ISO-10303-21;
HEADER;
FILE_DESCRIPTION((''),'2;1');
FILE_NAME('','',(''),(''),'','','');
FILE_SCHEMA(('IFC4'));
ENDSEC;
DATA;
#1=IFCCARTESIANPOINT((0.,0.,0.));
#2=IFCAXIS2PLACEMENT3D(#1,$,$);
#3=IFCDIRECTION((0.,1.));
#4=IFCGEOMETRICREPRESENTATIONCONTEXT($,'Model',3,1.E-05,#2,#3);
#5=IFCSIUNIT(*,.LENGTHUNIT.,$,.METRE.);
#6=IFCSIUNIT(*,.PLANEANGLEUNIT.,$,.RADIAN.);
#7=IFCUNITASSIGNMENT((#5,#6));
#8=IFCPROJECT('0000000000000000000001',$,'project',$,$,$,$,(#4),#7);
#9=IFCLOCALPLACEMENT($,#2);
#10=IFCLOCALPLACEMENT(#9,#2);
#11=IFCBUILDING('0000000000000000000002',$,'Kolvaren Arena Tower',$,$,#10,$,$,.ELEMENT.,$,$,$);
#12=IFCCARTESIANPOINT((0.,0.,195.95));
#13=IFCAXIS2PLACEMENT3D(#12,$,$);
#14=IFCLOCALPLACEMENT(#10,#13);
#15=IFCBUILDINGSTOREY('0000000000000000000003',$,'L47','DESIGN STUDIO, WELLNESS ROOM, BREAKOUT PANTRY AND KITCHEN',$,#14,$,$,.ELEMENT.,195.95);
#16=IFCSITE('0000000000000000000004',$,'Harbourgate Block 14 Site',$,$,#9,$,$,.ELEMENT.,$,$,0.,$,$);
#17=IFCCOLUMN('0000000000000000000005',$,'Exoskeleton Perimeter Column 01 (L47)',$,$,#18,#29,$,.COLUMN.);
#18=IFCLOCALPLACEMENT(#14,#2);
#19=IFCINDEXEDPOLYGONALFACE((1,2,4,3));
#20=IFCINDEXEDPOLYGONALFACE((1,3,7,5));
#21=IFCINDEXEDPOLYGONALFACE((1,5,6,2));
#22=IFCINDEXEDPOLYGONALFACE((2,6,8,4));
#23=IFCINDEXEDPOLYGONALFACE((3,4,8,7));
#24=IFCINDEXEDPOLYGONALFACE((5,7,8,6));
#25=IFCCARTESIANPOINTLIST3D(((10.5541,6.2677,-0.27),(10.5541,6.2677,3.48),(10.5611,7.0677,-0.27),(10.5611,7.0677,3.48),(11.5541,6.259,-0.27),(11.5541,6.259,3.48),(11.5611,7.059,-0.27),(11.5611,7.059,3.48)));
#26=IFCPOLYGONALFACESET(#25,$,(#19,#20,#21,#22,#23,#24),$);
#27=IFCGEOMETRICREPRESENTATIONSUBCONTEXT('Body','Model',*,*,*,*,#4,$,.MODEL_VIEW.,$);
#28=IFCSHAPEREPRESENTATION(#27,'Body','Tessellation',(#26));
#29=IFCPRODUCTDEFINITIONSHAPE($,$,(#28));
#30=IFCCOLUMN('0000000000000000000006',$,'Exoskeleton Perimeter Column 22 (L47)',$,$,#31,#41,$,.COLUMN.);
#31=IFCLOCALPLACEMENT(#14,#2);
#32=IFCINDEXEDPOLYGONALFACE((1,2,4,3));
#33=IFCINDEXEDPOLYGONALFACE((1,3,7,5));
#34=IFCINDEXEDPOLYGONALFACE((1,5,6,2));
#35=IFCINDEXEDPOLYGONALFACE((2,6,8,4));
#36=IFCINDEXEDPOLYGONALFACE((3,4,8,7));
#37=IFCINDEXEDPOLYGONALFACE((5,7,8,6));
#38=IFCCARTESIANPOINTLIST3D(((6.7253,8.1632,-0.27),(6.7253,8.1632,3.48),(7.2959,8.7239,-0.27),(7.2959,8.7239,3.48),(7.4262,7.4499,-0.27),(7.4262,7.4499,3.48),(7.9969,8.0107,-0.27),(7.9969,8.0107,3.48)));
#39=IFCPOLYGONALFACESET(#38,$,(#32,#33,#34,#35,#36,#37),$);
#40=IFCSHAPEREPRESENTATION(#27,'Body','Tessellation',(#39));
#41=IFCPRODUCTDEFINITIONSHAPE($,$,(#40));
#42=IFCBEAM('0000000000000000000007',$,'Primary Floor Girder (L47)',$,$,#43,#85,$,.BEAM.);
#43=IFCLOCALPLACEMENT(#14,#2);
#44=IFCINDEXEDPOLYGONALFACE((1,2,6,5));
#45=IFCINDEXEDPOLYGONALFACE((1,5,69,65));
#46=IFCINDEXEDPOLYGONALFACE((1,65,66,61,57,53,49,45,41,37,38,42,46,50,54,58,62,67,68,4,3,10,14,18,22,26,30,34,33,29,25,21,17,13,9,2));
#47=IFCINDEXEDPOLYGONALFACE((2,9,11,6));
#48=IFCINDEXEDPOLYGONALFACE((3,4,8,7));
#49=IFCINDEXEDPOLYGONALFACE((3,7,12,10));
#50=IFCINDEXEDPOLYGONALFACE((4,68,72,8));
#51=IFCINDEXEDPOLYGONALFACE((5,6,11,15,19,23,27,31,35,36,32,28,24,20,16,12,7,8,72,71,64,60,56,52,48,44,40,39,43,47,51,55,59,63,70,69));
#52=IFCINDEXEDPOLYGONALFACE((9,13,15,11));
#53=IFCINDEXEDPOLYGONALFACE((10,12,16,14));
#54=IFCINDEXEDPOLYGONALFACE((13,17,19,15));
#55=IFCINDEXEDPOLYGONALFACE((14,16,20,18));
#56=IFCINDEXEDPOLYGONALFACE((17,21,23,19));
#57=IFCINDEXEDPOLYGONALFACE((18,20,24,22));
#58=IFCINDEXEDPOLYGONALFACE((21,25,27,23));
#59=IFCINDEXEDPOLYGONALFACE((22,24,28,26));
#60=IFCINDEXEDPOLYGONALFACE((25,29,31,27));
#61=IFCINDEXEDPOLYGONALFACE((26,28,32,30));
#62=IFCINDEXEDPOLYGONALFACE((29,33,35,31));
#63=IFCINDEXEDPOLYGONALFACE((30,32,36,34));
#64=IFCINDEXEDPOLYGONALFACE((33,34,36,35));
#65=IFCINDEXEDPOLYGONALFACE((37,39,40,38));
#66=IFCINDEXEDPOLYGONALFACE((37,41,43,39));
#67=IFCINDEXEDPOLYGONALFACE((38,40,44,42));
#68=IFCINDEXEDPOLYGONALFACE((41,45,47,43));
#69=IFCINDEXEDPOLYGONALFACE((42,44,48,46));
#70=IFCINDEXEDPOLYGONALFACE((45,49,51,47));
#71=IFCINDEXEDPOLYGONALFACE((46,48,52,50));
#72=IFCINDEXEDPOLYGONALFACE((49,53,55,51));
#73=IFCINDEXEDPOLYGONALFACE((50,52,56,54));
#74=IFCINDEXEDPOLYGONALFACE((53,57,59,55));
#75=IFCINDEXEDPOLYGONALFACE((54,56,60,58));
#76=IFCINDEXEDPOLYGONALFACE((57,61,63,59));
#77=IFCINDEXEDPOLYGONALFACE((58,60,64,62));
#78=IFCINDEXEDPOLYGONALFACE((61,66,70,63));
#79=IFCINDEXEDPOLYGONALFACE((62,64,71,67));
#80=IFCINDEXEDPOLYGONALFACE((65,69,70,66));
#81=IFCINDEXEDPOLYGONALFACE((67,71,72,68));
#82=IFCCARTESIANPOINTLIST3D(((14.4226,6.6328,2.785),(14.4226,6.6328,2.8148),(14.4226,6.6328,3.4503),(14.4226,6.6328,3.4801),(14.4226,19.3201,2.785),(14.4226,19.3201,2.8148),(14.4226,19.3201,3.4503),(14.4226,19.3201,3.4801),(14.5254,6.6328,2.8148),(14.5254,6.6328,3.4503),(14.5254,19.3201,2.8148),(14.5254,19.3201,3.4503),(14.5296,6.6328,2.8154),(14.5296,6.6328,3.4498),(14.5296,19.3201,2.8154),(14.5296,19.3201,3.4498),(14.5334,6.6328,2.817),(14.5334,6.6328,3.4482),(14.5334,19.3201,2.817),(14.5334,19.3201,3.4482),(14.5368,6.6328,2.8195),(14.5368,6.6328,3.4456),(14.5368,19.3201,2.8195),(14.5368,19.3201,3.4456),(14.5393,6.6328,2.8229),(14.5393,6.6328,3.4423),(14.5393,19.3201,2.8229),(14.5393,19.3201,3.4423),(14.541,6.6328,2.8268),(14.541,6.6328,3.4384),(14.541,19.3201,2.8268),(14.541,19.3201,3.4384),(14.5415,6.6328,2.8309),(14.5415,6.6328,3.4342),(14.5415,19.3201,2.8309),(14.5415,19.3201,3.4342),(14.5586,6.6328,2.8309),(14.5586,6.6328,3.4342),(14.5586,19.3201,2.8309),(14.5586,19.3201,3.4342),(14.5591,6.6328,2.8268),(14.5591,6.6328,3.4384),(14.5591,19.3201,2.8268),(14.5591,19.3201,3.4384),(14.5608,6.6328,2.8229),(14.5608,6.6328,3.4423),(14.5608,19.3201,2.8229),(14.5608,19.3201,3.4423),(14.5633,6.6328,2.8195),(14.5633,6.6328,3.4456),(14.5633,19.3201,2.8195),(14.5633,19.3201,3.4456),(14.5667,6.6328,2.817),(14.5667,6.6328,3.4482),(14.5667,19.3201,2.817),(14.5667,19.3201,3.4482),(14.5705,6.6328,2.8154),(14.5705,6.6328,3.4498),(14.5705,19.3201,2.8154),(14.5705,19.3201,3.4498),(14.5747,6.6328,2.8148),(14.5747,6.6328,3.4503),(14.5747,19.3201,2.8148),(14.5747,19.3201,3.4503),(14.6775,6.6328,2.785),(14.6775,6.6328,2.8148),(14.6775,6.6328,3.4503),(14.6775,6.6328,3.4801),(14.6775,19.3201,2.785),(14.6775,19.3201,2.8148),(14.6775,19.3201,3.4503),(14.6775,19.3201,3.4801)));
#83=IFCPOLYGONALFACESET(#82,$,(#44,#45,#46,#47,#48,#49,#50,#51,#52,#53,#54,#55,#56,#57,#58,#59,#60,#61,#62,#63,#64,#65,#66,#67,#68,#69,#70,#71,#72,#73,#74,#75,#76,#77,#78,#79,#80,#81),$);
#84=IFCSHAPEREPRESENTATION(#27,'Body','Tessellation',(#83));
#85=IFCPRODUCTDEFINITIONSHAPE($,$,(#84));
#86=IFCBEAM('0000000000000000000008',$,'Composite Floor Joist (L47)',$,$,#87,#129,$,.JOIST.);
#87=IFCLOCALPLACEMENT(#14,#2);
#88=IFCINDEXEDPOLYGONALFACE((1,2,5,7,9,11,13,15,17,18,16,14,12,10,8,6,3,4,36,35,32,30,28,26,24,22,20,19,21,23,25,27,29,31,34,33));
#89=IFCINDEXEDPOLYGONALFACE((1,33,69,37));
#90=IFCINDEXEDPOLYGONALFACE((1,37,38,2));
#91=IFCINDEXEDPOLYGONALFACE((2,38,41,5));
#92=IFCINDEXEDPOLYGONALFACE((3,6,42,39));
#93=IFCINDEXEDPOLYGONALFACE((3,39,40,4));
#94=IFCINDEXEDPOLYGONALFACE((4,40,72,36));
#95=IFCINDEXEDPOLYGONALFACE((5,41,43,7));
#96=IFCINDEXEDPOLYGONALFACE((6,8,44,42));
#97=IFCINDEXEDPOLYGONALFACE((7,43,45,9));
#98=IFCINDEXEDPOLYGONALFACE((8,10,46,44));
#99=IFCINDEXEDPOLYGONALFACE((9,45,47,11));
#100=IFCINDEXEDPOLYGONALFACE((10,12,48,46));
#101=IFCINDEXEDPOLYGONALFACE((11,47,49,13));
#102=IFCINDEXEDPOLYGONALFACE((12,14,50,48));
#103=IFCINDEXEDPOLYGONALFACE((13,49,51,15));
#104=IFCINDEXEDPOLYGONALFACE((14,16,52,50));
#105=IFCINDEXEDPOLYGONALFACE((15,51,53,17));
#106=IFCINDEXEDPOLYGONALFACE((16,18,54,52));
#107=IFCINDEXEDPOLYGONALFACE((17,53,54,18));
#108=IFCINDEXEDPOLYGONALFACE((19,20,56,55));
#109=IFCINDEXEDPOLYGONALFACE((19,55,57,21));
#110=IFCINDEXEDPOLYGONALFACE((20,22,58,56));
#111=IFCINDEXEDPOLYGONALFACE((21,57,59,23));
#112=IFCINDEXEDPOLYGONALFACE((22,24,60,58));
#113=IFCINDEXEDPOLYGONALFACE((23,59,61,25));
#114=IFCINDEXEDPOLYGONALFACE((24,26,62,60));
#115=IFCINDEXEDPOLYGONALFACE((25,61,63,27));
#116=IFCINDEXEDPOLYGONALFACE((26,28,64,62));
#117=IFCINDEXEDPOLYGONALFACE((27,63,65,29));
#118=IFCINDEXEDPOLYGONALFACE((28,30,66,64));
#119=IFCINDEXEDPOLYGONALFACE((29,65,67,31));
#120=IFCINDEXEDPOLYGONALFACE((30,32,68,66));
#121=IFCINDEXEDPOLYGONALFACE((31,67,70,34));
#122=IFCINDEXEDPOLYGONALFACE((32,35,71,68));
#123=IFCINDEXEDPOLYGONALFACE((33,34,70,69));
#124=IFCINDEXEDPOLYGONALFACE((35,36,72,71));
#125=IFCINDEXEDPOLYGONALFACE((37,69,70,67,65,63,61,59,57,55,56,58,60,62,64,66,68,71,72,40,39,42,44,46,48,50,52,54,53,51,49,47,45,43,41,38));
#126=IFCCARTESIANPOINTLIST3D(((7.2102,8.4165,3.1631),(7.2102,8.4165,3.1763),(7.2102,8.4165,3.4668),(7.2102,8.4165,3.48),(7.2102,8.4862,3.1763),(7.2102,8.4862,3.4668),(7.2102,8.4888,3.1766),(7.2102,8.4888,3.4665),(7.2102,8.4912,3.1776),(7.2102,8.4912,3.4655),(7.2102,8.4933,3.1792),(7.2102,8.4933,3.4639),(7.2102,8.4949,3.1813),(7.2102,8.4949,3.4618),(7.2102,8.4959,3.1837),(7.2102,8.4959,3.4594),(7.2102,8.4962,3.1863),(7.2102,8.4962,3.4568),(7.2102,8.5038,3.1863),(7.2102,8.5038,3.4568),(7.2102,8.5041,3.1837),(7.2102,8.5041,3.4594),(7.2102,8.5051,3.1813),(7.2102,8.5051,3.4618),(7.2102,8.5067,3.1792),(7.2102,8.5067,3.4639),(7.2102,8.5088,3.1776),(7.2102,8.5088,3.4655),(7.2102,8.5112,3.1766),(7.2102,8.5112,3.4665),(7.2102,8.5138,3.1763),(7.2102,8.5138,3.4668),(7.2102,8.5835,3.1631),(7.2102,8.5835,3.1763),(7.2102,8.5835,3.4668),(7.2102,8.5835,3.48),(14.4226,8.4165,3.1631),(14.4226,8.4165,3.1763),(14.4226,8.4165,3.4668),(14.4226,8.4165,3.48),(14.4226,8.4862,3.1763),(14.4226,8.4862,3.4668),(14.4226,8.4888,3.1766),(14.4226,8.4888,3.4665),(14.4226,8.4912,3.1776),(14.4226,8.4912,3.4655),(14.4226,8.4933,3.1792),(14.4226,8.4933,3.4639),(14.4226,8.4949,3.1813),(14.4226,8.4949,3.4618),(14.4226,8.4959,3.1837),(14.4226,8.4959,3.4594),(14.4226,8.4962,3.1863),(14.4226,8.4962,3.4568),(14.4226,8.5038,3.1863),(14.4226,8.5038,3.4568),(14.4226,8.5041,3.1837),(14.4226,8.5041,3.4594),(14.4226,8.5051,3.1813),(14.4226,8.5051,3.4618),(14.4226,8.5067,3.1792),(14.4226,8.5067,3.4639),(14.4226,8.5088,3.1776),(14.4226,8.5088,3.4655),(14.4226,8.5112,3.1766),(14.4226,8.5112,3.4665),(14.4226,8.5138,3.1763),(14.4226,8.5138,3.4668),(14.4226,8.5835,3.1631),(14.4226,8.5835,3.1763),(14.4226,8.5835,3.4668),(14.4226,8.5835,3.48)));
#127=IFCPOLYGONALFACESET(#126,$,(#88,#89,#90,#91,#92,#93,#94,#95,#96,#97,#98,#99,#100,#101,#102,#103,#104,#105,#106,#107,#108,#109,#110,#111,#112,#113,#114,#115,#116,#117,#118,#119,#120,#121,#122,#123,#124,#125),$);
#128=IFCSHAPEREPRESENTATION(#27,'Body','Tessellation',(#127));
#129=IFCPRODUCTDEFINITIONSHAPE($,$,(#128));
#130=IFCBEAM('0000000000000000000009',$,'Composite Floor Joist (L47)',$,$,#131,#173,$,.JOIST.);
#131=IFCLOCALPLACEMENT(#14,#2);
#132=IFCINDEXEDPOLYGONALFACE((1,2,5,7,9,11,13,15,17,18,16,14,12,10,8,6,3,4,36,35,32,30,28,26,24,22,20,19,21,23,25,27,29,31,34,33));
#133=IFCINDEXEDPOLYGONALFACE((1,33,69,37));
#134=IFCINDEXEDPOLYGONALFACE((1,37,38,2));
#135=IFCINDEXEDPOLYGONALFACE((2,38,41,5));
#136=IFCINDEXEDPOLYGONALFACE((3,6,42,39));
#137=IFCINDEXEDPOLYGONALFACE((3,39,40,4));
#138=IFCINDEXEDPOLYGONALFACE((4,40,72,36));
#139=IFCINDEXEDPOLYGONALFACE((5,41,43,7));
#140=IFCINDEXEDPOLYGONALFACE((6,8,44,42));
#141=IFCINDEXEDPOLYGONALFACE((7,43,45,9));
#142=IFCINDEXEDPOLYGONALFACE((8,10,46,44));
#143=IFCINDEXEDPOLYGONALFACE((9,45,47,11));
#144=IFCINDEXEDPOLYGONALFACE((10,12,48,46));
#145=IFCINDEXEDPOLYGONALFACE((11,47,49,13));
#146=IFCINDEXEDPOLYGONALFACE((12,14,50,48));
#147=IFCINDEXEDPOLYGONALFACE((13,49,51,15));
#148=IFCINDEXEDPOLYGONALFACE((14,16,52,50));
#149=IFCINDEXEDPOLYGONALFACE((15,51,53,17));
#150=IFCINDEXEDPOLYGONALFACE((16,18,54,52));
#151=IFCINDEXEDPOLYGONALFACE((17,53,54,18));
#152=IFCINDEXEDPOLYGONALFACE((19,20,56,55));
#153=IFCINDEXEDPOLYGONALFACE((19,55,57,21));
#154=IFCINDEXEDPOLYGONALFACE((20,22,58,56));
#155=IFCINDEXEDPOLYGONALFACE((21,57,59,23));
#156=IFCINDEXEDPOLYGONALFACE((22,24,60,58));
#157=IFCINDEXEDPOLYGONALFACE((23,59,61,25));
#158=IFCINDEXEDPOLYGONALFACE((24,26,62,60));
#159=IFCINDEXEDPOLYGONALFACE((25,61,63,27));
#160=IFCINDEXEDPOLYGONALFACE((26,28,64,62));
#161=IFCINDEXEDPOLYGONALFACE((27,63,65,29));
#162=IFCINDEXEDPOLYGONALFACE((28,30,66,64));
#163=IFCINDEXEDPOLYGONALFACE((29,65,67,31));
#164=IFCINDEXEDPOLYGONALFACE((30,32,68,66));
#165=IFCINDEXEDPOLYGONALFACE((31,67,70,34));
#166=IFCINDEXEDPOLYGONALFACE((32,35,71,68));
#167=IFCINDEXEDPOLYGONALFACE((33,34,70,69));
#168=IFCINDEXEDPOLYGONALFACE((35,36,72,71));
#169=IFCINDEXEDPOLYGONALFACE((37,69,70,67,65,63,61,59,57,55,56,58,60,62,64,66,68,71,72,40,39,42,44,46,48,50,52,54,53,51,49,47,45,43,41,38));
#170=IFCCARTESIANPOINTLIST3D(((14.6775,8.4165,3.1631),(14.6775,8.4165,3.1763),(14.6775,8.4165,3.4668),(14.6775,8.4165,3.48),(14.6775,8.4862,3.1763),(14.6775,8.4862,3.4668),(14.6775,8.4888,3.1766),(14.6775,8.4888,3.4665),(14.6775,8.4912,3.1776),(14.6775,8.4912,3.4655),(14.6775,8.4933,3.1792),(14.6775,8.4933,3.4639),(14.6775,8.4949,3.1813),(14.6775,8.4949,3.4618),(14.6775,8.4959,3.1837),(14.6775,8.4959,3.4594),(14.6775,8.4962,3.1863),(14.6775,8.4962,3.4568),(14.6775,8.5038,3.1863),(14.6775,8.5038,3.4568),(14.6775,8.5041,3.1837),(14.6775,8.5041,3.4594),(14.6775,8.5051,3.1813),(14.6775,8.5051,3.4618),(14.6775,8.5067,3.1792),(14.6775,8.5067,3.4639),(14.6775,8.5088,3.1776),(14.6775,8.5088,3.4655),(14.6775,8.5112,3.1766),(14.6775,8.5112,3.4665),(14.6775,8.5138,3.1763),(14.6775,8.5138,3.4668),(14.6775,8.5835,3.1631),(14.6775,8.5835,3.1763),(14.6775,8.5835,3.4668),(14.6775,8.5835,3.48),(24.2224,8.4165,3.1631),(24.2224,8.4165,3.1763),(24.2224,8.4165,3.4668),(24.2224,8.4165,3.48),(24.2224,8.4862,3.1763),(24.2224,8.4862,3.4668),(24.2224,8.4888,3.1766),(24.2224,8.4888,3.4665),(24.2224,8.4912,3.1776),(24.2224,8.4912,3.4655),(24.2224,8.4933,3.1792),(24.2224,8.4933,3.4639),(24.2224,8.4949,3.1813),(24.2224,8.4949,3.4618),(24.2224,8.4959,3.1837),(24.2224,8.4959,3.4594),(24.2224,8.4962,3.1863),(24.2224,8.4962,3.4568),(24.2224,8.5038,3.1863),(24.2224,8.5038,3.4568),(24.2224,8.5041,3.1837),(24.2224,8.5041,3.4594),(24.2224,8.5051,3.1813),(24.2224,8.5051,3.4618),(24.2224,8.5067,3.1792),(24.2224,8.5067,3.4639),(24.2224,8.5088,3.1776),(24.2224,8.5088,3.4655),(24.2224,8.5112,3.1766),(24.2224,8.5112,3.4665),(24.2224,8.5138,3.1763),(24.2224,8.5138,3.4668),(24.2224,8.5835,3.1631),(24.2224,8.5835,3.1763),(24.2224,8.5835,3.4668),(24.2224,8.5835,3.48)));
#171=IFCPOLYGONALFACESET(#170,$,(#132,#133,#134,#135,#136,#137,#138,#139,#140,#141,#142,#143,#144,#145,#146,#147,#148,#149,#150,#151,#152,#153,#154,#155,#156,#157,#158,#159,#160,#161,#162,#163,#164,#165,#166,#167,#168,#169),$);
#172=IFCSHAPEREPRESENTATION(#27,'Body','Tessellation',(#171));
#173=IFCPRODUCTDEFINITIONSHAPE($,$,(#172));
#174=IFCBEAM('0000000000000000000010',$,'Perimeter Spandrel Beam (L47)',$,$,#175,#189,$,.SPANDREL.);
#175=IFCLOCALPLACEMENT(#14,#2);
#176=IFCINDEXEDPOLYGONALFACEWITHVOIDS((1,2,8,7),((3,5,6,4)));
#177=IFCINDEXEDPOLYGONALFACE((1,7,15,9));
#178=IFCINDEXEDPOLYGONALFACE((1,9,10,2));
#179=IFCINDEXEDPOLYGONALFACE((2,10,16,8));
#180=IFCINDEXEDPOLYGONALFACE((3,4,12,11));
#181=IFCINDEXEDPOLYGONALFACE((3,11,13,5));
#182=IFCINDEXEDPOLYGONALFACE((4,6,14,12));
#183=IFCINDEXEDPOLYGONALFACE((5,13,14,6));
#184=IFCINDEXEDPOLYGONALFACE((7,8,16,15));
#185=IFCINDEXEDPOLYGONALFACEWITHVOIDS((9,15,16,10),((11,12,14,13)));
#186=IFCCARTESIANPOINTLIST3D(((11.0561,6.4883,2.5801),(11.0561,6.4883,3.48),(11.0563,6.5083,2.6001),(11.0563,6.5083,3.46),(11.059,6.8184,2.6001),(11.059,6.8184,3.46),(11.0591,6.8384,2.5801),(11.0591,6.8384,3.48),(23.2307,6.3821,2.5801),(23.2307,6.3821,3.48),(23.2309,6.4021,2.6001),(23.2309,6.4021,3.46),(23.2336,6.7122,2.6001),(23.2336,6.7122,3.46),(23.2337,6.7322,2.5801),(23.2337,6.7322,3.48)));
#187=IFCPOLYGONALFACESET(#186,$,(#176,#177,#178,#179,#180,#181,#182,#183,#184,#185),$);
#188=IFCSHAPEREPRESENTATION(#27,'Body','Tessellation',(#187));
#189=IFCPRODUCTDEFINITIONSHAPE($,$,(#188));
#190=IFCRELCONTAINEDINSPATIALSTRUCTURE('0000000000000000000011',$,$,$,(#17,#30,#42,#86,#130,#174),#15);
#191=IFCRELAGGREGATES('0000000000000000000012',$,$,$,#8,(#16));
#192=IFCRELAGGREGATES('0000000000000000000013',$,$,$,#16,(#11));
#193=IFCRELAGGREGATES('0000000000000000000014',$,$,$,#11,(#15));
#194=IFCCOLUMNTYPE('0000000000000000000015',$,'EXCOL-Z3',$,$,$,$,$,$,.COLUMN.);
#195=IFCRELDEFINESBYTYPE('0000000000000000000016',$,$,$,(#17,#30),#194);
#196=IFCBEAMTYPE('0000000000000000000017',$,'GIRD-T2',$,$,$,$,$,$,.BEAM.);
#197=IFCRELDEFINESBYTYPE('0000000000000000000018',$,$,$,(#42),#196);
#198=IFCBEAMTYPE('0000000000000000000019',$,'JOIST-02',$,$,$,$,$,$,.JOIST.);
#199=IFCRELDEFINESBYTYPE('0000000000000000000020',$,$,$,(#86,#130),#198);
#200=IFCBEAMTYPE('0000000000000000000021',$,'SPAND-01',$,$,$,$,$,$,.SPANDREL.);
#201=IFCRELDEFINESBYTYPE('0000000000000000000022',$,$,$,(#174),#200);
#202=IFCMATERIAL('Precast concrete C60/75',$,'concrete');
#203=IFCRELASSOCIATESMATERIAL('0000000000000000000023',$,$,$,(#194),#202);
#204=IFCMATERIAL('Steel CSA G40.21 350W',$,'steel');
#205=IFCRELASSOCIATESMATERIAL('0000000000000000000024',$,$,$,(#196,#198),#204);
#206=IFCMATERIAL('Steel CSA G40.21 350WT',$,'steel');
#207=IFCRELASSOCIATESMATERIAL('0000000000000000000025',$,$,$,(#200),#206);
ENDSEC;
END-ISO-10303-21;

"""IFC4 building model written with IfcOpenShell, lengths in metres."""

from ifc_helpers import new_model, si_unit, direction, frame, origin, origin_2d, place, context, subcontext, project, spatial, rectangle, hollow_rectangle, i_section, extrude, material, material_profile, profile_set, type_object, element, save


model = new_model("IFC4")

# Units and contexts
model_context = context("Model", 3, precision=1e-05, world=origin(), true_north=direction((0.0, 1.0)))
body_context = subcontext(model_context, "Body", "Model", "MODEL_VIEW")
ifc_project = project(units=[si_unit("LENGTHUNIT", "METRE"), si_unit("PLANEANGLEUNIT", "RADIAN")], contexts=[model_context])

# Site, building, storey
site_placement = place(None, origin())
site = spatial("IfcSite", under=ifc_project, at=site_placement, Name="Harbourgate Block 14 Site", CompositionType="ELEMENT", RefElevation=0.0)
building_placement = place(site_placement, origin())
building = spatial("IfcBuilding", under=site, at=building_placement, Name="Kolvaren Arena Tower", CompositionType="ELEMENT")
storey_placement = place(building_placement, frame((0.0, 0.0, 195.95)))
storey = spatial("IfcBuildingStorey", under=building, at=storey_placement, Name="L47", Description="DESIGN STUDIO, WELLNESS ROOM, BREAKOUT PANTRY AND KITCHEN", CompositionType="ELEMENT", Elevation=195.95)

# Columns
ifc_material_1 = material(Name="Precast concrete C60/75", Category="concrete")
ifc_material_profile_1 = material_profile(ifc_material_1, rectangle(XDim=1.0, YDim=0.8, at=origin_2d()), Name="RC-1000x800")
ifc_profile_set_1 = profile_set([ifc_material_profile_1], Name="Precast concrete C60/75")
column_type = type_object("IfcColumnType", Name="EXCOL-Z3", PredefinedType="COLUMN", material=ifc_profile_set_1)
for number, where, z_axis, x_axis, name in (
    (1, (11.0576, 6.6633, -0.27), (0.0, 0.0, 1.0), (0.999962, -0.008727, 0.0), "Exoskeleton Perimeter Column 01 (L47)"),
    (2, (7.3611, 8.0869, -0.27), (0.0, 0.0, 1.0), (-0.700909, 0.71325, 0.0), "Exoskeleton Perimeter Column 22 (L47)"),
):
    element("IfcColumn", number, at=place(storey_placement, frame(where, z_axis=z_axis, x_axis=x_axis)), inside=storey, type_object=column_type, Name=name, PredefinedType="COLUMN", context=body_context, shape_type="SweptSolid", body=[
        extrude(rectangle(XDim=1.0, YDim=0.8, at=origin_2d()), origin(), (0.0, 0.0, 1.0), 3.75),
    ])

# Beams
ifc_material_2 = material(Name="Steel CSA G40.21 350W", Category="steel")
ifc_material_profile_2 = material_profile(ifc_material_2, i_section(OverallWidth=0.2549, OverallDepth=0.6951, WebThickness=0.0171, FlangeThickness=0.0298, FilletRadius=0.0161, at=origin_2d()), Name="W690x217")
ifc_profile_set_2 = profile_set([ifc_material_profile_2], Name="Steel CSA G40.21 350W")
beam_type_1 = type_object("IfcBeamType", Name="GIRD-T2", PredefinedType="BEAM", material=ifc_profile_set_2)
beam_1_placement = place(storey_placement, frame((14.55, 6.6328, 3.1326), z_axis=(0.0, 1.0, 0.0), x_axis=(-1.0, 0.0, 0.0)))
element("IfcBeam", 3, at=beam_1_placement, inside=storey, type_object=beam_type_1, Name="Primary Floor Girder (L47)", PredefinedType="BEAM", context=body_context, shape_type="SweptSolid", body=[
    extrude(i_section(OverallWidth=0.2549, OverallDepth=0.6951, WebThickness=0.0171, FlangeThickness=0.0298, FilletRadius=0.0161, at=origin_2d()), origin(), (0.0, 0.0, 1.0), 12.6873),
])
ifc_material_profile_3 = material_profile(ifc_material_2, i_section(OverallWidth=0.167, OverallDepth=0.3169, WebThickness=0.0076, FlangeThickness=0.0132, FilletRadius=0.01, at=origin_2d()), Name="W310x52")
ifc_profile_set_3 = profile_set([ifc_material_profile_3], Name="Steel CSA G40.21 350W")
beam_type_2 = type_object("IfcBeamType", Name="JOIST-02", PredefinedType="JOIST", material=ifc_profile_set_3)
beam_2_placement = place(storey_placement, frame((7.2102, 8.5, 3.3215), z_axis=(1.0, 0.0, 0.0), x_axis=(0.0, 1.0, 0.0)))
element("IfcBeam", 4, at=beam_2_placement, inside=storey, type_object=beam_type_2, Name="Composite Floor Joist (L47)", PredefinedType="JOIST", context=body_context, shape_type="SweptSolid", body=[
    extrude(i_section(OverallWidth=0.167, OverallDepth=0.3169, WebThickness=0.0076, FlangeThickness=0.0132, FilletRadius=0.01, at=origin_2d()), origin(), (0.0, 0.0, 1.0), 7.2124),
])
beam_3_placement = place(storey_placement, frame((14.6775, 8.5, 3.3215), z_axis=(1.0, 0.0, 0.0), x_axis=(0.0, 1.0, 0.0)))
element("IfcBeam", 5, at=beam_3_placement, inside=storey, type_object=beam_type_2, Name="Composite Floor Joist (L47)", PredefinedType="JOIST", context=body_context, shape_type="SweptSolid", body=[
    extrude(i_section(OverallWidth=0.167, OverallDepth=0.3169, WebThickness=0.0076, FlangeThickness=0.0132, FilletRadius=0.01, at=origin_2d()), origin(), (0.0, 0.0, 1.0), 9.5449),
])
ifc_material_3 = material(Name="Steel CSA G40.21 350WT", Category="steel")
ifc_material_profile_4 = material_profile(ifc_material_3, hollow_rectangle(XDim=0.3501, YDim=0.8999, WallThickness=0.02, at=origin_2d()), Name="HSS 900x350x20")
ifc_profile_set_4 = profile_set([ifc_material_profile_4], Name="Steel CSA G40.21 350WT")
beam_type_3 = type_object("IfcBeamType", Name="SPAND-01", PredefinedType="SPANDREL", material=ifc_profile_set_4)
beam_4_placement = place(storey_placement, frame((11.0576, 6.6633, 3.03), z_axis=(0.999962, -0.008723, 0.0), x_axis=(0.008723, 0.999962, 0.0)))
element("IfcBeam", 6, at=beam_4_placement, inside=storey, type_object=beam_type_3, Name="Perimeter Spandrel Beam (L47)", PredefinedType="SPANDREL", context=body_context, shape_type="SweptSolid", body=[
    extrude(hollow_rectangle(XDim=0.3501, YDim=0.8999, WallThickness=0.02, at=origin_2d()), origin(), (0.0, 0.0, 1.0), 12.175),
])

save(model, "model.ifc")
